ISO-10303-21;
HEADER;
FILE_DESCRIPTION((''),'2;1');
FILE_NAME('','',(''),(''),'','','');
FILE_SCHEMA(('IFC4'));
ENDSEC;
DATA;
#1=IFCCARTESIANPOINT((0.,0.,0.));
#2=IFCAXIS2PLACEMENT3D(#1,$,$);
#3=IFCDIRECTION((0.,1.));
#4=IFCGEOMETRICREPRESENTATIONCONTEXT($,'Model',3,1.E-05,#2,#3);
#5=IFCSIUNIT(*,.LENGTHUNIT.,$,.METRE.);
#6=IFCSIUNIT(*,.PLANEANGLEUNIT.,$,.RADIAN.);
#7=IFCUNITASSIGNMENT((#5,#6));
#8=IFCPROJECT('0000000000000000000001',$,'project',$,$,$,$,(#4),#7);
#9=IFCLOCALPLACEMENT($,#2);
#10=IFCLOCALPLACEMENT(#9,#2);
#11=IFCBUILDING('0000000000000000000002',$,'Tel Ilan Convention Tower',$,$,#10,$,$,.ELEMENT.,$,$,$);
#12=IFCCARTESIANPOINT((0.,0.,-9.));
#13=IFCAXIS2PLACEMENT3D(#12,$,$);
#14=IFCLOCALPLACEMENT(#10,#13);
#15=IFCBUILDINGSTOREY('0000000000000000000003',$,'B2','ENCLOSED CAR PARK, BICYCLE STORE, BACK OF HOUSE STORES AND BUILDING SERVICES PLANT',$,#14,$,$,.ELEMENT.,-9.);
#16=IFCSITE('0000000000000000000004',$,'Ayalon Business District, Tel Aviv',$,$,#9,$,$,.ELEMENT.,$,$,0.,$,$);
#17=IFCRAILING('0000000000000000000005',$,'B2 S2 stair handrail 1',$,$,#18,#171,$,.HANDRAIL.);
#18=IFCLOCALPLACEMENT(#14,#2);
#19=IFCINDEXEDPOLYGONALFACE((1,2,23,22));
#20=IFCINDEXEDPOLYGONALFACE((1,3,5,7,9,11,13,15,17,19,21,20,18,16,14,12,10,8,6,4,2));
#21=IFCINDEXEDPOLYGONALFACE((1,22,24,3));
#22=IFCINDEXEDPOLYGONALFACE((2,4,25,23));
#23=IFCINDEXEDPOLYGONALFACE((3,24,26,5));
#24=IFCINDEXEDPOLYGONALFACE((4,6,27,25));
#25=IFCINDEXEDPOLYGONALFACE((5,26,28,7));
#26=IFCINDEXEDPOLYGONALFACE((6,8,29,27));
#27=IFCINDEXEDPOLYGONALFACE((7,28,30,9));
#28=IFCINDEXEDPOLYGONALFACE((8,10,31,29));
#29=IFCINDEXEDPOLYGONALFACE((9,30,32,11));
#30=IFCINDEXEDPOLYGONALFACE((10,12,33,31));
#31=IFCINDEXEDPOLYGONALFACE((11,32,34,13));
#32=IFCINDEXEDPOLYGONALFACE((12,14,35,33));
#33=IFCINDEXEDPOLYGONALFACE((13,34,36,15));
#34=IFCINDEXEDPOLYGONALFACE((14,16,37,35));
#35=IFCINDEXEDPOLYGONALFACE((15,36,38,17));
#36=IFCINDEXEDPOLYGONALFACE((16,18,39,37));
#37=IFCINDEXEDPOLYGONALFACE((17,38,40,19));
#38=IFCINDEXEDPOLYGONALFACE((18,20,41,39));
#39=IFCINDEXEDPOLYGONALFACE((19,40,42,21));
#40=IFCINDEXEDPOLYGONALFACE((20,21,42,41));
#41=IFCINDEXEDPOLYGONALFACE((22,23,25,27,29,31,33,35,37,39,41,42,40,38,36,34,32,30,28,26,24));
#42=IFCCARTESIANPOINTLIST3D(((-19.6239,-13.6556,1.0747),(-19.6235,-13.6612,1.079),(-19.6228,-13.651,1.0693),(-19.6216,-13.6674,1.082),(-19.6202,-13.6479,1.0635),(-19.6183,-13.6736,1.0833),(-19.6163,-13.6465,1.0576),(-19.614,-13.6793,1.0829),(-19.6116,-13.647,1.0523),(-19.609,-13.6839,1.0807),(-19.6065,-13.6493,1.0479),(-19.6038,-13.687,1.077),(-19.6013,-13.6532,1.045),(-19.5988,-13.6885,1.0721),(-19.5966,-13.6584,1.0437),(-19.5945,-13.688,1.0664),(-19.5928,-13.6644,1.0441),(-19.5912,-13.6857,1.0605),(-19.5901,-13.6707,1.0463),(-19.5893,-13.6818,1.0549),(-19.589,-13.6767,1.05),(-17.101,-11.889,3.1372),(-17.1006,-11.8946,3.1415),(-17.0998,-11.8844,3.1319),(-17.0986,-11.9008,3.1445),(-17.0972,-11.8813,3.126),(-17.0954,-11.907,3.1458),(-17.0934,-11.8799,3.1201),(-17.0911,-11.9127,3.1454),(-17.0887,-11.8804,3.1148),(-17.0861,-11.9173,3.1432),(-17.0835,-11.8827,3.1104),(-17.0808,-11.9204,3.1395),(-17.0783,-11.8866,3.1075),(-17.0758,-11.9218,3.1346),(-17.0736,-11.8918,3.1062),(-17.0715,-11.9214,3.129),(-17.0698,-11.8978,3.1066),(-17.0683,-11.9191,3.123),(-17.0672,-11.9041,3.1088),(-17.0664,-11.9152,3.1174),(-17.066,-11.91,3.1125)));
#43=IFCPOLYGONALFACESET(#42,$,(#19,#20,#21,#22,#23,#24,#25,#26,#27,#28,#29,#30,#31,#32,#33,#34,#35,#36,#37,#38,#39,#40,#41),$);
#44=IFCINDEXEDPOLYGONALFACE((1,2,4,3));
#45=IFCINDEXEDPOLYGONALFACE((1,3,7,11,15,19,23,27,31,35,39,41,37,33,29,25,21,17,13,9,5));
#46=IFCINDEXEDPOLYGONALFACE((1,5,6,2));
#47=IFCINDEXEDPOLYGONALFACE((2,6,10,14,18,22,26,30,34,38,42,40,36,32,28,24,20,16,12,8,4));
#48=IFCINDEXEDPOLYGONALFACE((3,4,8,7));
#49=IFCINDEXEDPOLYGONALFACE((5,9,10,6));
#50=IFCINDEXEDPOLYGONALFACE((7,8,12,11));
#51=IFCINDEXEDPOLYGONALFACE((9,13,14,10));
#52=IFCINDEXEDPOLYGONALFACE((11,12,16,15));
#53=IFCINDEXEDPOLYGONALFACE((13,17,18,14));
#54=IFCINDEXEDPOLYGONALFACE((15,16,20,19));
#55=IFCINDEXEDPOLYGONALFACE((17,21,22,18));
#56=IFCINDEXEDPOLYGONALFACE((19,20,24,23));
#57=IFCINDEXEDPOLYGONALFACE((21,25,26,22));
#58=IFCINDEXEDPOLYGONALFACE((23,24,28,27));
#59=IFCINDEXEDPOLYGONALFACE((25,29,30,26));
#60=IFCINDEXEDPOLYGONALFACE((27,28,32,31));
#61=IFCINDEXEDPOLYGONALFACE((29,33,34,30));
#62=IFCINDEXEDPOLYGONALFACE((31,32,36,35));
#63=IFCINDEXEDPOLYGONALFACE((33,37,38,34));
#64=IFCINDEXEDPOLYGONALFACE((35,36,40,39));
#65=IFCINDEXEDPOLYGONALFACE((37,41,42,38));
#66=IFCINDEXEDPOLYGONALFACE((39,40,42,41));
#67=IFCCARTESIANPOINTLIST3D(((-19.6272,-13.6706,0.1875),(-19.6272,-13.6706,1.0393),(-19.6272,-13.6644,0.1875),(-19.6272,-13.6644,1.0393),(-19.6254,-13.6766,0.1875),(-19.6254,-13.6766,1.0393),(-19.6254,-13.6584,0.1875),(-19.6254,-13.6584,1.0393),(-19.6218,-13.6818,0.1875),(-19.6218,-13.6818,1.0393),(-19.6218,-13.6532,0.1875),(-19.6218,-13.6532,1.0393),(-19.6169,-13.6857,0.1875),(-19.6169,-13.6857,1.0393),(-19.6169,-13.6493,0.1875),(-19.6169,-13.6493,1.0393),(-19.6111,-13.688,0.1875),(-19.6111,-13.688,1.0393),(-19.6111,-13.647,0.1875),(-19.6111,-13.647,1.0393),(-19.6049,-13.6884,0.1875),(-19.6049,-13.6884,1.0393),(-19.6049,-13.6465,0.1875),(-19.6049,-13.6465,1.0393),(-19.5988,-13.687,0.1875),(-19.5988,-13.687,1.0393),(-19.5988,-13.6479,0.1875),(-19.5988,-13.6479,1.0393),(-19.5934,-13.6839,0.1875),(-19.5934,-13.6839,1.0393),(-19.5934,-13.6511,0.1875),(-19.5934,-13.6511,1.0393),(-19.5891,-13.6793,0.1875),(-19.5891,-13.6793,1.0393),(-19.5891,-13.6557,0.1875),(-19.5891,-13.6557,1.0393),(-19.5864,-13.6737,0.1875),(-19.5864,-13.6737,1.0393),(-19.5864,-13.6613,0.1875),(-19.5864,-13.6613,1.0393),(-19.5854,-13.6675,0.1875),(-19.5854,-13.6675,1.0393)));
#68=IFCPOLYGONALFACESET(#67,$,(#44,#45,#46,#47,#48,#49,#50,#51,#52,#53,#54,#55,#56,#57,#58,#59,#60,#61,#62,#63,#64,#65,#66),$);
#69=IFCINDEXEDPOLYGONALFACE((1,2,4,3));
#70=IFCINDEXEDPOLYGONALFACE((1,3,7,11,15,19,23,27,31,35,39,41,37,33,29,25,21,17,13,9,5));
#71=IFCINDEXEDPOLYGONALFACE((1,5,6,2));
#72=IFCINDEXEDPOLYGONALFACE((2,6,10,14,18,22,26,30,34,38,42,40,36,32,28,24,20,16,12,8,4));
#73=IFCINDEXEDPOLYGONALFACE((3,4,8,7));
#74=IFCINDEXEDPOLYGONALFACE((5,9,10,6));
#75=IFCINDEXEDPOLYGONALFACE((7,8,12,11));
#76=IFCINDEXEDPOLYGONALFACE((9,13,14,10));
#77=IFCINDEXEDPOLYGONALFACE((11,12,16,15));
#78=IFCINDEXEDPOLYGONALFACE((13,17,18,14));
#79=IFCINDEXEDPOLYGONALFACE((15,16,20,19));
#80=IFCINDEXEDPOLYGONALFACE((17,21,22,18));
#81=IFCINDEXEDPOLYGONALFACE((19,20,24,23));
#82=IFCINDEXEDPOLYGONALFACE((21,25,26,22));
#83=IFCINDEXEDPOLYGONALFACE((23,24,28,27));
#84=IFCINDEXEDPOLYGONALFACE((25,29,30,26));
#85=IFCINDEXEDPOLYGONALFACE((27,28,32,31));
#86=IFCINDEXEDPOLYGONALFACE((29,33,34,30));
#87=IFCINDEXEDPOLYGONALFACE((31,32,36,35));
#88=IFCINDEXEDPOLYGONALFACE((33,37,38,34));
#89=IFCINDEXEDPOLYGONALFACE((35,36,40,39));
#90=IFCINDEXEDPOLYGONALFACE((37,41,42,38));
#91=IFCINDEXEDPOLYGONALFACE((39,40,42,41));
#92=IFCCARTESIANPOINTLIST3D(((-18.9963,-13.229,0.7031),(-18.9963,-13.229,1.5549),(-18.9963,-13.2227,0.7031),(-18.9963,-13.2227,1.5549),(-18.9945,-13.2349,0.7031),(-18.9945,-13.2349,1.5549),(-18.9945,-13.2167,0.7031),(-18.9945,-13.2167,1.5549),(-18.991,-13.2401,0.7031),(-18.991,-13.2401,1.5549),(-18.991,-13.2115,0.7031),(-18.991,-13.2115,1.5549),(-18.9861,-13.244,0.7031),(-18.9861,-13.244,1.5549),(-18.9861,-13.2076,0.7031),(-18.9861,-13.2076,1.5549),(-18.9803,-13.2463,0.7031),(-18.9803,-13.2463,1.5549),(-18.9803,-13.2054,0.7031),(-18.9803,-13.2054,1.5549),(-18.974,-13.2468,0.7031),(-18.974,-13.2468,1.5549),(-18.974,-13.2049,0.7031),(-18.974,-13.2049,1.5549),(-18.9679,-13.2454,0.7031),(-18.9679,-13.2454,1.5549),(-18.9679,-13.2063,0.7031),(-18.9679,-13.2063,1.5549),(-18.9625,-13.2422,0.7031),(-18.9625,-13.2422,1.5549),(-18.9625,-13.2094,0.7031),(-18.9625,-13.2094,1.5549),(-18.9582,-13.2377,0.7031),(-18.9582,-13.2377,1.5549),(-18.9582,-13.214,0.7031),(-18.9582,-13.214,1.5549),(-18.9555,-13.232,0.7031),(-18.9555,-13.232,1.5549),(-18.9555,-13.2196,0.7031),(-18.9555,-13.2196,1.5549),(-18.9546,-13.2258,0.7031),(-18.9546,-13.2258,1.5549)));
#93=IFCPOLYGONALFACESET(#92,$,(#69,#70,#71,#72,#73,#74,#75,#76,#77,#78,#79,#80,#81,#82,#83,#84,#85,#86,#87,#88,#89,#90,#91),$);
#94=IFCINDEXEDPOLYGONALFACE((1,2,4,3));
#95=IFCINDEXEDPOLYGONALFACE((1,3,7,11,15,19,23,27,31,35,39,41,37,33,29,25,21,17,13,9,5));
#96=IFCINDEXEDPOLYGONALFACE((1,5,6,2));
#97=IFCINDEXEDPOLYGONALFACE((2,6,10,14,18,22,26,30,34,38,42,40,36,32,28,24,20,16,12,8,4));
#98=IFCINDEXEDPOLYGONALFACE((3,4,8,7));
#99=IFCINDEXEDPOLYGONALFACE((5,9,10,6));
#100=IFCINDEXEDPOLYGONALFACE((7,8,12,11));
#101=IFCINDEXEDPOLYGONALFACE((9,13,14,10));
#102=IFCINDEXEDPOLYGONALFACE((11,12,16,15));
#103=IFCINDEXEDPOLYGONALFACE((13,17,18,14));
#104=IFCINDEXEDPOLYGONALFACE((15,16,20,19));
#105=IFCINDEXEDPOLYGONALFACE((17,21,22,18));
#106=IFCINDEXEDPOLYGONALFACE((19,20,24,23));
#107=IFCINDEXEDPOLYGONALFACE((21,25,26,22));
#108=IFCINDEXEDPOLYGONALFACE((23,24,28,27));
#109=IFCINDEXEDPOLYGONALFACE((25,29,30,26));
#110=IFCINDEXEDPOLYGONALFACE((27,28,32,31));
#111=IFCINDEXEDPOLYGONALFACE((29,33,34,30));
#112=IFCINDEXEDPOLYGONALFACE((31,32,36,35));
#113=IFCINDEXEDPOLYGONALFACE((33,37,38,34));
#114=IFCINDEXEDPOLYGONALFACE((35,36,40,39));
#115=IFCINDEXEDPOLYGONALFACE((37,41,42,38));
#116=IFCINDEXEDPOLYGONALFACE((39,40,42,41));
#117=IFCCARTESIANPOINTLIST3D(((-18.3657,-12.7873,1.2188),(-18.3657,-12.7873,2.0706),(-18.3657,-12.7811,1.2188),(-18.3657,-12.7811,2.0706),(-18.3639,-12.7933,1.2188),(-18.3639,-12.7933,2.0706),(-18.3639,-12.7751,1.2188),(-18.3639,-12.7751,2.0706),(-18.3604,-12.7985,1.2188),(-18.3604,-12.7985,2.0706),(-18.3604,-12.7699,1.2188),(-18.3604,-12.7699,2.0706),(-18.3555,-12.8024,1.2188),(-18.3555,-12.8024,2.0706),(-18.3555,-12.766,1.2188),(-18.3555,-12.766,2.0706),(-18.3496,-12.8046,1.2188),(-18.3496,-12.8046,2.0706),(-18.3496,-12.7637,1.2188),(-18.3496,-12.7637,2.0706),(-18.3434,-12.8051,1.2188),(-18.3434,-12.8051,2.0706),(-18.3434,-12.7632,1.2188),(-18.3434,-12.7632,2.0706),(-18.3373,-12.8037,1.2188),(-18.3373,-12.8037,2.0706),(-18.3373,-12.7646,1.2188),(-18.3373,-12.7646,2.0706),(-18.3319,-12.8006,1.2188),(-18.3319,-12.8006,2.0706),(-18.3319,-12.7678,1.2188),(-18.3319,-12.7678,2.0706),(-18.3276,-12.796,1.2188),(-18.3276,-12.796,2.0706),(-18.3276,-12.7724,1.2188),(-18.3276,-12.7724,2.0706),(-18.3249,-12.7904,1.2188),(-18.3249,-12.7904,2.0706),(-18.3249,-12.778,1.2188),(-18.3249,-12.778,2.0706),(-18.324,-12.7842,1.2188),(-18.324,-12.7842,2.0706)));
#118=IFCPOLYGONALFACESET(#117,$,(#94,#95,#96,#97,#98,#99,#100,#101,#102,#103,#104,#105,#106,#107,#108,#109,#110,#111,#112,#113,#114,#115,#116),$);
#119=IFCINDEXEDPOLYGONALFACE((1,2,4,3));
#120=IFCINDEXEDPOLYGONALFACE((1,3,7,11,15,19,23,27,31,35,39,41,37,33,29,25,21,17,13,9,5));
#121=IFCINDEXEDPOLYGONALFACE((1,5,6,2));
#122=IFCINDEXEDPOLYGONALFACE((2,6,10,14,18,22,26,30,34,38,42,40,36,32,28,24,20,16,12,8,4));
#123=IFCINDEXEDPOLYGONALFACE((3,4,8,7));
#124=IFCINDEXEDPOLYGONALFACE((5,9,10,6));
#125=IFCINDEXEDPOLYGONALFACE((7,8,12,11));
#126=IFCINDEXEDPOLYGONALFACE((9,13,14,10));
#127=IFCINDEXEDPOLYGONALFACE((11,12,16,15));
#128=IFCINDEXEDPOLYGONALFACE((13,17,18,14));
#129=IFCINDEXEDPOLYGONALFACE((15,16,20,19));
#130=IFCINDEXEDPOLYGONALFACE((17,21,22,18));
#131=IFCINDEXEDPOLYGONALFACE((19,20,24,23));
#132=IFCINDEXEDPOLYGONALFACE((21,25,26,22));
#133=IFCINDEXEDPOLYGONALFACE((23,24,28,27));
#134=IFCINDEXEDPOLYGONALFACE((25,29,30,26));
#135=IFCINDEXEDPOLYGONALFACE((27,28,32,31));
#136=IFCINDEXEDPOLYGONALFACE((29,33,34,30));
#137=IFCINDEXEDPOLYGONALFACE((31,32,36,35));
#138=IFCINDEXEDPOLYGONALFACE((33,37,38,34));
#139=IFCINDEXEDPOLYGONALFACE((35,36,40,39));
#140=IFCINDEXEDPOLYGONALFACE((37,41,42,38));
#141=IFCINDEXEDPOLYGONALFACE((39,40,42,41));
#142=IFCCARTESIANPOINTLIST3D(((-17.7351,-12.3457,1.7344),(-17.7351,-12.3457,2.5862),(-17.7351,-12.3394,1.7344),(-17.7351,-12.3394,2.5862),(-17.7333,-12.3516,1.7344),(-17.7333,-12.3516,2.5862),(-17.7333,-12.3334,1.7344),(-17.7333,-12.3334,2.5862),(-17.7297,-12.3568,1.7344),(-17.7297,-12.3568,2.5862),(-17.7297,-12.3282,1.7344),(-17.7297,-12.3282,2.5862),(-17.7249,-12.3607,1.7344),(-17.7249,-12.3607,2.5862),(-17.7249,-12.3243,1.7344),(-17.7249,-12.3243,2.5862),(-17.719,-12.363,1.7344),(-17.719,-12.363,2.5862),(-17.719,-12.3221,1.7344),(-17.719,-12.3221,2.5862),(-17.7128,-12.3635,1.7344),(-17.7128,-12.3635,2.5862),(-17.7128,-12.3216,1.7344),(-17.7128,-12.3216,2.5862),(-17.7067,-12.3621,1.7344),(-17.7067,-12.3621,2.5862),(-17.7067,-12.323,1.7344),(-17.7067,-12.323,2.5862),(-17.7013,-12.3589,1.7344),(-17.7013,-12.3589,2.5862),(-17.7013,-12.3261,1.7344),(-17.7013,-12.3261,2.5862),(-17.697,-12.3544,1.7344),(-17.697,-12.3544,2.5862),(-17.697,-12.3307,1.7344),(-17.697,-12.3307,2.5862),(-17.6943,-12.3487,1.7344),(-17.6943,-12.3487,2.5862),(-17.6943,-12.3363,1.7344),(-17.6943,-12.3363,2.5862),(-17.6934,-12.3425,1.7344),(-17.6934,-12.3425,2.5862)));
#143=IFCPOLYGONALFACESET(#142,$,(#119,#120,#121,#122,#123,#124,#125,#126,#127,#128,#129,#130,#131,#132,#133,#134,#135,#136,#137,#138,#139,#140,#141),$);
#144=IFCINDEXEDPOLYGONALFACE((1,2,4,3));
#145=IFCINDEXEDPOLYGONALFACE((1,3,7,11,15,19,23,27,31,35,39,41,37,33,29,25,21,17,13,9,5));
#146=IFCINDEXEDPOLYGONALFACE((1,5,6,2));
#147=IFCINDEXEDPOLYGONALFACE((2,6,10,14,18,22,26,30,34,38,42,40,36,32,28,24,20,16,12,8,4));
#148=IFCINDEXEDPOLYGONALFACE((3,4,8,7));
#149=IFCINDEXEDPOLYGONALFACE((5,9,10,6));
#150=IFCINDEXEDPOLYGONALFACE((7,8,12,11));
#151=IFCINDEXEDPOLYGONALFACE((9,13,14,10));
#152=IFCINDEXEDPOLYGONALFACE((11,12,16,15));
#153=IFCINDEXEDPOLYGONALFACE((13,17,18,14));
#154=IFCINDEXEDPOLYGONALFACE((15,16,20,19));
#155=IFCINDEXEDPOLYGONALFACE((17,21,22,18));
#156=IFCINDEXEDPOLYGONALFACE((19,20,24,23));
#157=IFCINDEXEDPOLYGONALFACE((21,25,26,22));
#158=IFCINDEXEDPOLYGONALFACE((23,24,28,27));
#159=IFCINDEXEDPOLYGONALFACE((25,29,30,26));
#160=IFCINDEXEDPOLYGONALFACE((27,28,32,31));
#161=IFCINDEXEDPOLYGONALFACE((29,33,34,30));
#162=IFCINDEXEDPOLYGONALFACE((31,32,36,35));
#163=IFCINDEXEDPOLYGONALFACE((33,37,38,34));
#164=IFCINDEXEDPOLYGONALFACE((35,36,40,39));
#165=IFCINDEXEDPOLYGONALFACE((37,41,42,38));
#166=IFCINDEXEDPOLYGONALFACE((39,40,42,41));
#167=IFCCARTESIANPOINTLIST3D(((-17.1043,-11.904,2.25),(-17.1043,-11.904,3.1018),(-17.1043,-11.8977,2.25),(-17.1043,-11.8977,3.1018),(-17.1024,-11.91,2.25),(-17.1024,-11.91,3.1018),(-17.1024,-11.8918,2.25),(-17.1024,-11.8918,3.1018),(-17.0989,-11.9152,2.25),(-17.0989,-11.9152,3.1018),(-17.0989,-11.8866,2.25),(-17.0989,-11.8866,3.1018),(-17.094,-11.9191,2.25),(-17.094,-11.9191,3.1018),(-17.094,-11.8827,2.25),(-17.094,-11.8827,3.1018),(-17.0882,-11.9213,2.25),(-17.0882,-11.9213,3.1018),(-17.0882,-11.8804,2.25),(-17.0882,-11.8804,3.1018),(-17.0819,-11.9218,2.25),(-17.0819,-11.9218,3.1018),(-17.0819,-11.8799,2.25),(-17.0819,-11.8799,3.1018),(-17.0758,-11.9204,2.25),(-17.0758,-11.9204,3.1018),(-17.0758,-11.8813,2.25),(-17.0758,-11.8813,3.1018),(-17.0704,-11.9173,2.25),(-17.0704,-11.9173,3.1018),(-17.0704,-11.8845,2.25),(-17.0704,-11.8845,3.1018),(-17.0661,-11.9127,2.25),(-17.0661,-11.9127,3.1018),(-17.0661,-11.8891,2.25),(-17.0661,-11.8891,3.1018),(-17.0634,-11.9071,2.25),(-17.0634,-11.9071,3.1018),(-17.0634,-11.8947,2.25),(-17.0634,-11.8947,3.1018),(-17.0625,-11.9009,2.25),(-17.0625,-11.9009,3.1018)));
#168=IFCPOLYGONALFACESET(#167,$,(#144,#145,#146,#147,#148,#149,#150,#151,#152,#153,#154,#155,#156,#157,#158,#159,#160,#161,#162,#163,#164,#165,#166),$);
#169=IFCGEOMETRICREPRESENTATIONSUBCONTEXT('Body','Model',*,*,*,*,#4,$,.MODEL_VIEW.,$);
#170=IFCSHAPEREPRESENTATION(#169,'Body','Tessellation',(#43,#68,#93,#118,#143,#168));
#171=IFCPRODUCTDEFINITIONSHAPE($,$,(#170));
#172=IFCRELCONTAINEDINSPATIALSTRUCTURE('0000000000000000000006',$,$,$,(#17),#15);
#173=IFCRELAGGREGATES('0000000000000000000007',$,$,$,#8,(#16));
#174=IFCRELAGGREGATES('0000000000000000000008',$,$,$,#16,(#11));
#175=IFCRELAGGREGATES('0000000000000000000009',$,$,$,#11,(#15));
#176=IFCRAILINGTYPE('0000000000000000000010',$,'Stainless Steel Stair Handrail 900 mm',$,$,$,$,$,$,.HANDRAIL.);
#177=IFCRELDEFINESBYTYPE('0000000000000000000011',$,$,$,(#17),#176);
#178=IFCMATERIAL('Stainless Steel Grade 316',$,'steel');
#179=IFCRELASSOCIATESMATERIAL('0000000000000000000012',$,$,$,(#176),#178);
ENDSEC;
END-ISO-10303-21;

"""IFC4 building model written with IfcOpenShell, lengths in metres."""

from ifc_helpers import new_model, si_unit, direction, frame, origin, origin_2d, place, context, subcontext, project, spatial, circle, extrude, material, type_object, element, save


model = new_model("IFC4")

# Units and contexts
model_context = context("Model", 3, precision=1e-05, world=origin(), true_north=direction((0.0, 1.0)))
body_context = subcontext(model_context, "Body", "Model", "MODEL_VIEW")
ifc_project = project(units=[si_unit("LENGTHUNIT", "METRE"), si_unit("PLANEANGLEUNIT", "RADIAN")], contexts=[model_context])

# Site, building, storey
site_placement = place(None, origin())
site = spatial("IfcSite", under=ifc_project, at=site_placement, Name="Ayalon Business District, Tel Aviv", CompositionType="ELEMENT", RefElevation=0.0)
building_placement = place(site_placement, origin())
building = spatial("IfcBuilding", under=site, at=building_placement, Name="Tel Ilan Convention Tower", CompositionType="ELEMENT")
storey_placement = place(building_placement, frame((0.0, 0.0, -9.0)))
storey = spatial("IfcBuildingStorey", under=building, at=storey_placement, Name="B2", Description="ENCLOSED CAR PARK, BICYCLE STORE, BACK OF HOUSE STORES AND BUILDING SERVICES PLANT", CompositionType="ELEMENT", Elevation=-9.0)

# Railing
ifc_material_1 = material(Name="Stainless Steel Grade 316", Category="steel")
railing_type_1 = type_object("IfcRailingType", Name="Stainless Steel Stair Handrail 900 mm", PredefinedType="HANDRAIL", material=ifc_material_1)
railing_1_placement = place(storey_placement, frame((-19.6064, -13.6675, 0.1875)))
element("IfcRailing", 1, at=railing_1_placement, inside=storey, type_object=railing_type_1, Name="B2 S2 stair handrail 1", PredefinedType="HANDRAIL", context=body_context, shape_type="SweptSolid", body=[
    extrude(circle(Radius=0.0239, at=origin_2d()), frame((0.0, 0.0, 0.876), z_axis=(0.680635, 0.476589, 0.556416), x_axis=(-0.573579, 0.81915, 0.0)), (0.0, 0.0, 1.0), 3.7068),
    extrude(circle(Radius=0.021, at=origin_2d()), origin(), (0.0, 0.0, 1.0), 0.8518),
    extrude(circle(Radius=0.021, at=origin_2d()), frame((0.6309, 0.4417, 0.5156)), (0.0, 0.0, 1.0), 0.8518),
    extrude(circle(Radius=0.021, at=origin_2d()), frame((1.2615, 0.8833, 1.0312)), (0.0, 0.0, 1.0), 0.8518),
    extrude(circle(Radius=0.021, at=origin_2d()), frame((1.8921, 1.325, 1.5469)), (0.0, 0.0, 1.0), 0.8518),
    extrude(circle(Radius=0.021, at=origin_2d()), frame((2.5229, 1.7666, 2.0625)), (0.0, 0.0, 1.0), 0.8518),
])

save(model, "model.ifc")
